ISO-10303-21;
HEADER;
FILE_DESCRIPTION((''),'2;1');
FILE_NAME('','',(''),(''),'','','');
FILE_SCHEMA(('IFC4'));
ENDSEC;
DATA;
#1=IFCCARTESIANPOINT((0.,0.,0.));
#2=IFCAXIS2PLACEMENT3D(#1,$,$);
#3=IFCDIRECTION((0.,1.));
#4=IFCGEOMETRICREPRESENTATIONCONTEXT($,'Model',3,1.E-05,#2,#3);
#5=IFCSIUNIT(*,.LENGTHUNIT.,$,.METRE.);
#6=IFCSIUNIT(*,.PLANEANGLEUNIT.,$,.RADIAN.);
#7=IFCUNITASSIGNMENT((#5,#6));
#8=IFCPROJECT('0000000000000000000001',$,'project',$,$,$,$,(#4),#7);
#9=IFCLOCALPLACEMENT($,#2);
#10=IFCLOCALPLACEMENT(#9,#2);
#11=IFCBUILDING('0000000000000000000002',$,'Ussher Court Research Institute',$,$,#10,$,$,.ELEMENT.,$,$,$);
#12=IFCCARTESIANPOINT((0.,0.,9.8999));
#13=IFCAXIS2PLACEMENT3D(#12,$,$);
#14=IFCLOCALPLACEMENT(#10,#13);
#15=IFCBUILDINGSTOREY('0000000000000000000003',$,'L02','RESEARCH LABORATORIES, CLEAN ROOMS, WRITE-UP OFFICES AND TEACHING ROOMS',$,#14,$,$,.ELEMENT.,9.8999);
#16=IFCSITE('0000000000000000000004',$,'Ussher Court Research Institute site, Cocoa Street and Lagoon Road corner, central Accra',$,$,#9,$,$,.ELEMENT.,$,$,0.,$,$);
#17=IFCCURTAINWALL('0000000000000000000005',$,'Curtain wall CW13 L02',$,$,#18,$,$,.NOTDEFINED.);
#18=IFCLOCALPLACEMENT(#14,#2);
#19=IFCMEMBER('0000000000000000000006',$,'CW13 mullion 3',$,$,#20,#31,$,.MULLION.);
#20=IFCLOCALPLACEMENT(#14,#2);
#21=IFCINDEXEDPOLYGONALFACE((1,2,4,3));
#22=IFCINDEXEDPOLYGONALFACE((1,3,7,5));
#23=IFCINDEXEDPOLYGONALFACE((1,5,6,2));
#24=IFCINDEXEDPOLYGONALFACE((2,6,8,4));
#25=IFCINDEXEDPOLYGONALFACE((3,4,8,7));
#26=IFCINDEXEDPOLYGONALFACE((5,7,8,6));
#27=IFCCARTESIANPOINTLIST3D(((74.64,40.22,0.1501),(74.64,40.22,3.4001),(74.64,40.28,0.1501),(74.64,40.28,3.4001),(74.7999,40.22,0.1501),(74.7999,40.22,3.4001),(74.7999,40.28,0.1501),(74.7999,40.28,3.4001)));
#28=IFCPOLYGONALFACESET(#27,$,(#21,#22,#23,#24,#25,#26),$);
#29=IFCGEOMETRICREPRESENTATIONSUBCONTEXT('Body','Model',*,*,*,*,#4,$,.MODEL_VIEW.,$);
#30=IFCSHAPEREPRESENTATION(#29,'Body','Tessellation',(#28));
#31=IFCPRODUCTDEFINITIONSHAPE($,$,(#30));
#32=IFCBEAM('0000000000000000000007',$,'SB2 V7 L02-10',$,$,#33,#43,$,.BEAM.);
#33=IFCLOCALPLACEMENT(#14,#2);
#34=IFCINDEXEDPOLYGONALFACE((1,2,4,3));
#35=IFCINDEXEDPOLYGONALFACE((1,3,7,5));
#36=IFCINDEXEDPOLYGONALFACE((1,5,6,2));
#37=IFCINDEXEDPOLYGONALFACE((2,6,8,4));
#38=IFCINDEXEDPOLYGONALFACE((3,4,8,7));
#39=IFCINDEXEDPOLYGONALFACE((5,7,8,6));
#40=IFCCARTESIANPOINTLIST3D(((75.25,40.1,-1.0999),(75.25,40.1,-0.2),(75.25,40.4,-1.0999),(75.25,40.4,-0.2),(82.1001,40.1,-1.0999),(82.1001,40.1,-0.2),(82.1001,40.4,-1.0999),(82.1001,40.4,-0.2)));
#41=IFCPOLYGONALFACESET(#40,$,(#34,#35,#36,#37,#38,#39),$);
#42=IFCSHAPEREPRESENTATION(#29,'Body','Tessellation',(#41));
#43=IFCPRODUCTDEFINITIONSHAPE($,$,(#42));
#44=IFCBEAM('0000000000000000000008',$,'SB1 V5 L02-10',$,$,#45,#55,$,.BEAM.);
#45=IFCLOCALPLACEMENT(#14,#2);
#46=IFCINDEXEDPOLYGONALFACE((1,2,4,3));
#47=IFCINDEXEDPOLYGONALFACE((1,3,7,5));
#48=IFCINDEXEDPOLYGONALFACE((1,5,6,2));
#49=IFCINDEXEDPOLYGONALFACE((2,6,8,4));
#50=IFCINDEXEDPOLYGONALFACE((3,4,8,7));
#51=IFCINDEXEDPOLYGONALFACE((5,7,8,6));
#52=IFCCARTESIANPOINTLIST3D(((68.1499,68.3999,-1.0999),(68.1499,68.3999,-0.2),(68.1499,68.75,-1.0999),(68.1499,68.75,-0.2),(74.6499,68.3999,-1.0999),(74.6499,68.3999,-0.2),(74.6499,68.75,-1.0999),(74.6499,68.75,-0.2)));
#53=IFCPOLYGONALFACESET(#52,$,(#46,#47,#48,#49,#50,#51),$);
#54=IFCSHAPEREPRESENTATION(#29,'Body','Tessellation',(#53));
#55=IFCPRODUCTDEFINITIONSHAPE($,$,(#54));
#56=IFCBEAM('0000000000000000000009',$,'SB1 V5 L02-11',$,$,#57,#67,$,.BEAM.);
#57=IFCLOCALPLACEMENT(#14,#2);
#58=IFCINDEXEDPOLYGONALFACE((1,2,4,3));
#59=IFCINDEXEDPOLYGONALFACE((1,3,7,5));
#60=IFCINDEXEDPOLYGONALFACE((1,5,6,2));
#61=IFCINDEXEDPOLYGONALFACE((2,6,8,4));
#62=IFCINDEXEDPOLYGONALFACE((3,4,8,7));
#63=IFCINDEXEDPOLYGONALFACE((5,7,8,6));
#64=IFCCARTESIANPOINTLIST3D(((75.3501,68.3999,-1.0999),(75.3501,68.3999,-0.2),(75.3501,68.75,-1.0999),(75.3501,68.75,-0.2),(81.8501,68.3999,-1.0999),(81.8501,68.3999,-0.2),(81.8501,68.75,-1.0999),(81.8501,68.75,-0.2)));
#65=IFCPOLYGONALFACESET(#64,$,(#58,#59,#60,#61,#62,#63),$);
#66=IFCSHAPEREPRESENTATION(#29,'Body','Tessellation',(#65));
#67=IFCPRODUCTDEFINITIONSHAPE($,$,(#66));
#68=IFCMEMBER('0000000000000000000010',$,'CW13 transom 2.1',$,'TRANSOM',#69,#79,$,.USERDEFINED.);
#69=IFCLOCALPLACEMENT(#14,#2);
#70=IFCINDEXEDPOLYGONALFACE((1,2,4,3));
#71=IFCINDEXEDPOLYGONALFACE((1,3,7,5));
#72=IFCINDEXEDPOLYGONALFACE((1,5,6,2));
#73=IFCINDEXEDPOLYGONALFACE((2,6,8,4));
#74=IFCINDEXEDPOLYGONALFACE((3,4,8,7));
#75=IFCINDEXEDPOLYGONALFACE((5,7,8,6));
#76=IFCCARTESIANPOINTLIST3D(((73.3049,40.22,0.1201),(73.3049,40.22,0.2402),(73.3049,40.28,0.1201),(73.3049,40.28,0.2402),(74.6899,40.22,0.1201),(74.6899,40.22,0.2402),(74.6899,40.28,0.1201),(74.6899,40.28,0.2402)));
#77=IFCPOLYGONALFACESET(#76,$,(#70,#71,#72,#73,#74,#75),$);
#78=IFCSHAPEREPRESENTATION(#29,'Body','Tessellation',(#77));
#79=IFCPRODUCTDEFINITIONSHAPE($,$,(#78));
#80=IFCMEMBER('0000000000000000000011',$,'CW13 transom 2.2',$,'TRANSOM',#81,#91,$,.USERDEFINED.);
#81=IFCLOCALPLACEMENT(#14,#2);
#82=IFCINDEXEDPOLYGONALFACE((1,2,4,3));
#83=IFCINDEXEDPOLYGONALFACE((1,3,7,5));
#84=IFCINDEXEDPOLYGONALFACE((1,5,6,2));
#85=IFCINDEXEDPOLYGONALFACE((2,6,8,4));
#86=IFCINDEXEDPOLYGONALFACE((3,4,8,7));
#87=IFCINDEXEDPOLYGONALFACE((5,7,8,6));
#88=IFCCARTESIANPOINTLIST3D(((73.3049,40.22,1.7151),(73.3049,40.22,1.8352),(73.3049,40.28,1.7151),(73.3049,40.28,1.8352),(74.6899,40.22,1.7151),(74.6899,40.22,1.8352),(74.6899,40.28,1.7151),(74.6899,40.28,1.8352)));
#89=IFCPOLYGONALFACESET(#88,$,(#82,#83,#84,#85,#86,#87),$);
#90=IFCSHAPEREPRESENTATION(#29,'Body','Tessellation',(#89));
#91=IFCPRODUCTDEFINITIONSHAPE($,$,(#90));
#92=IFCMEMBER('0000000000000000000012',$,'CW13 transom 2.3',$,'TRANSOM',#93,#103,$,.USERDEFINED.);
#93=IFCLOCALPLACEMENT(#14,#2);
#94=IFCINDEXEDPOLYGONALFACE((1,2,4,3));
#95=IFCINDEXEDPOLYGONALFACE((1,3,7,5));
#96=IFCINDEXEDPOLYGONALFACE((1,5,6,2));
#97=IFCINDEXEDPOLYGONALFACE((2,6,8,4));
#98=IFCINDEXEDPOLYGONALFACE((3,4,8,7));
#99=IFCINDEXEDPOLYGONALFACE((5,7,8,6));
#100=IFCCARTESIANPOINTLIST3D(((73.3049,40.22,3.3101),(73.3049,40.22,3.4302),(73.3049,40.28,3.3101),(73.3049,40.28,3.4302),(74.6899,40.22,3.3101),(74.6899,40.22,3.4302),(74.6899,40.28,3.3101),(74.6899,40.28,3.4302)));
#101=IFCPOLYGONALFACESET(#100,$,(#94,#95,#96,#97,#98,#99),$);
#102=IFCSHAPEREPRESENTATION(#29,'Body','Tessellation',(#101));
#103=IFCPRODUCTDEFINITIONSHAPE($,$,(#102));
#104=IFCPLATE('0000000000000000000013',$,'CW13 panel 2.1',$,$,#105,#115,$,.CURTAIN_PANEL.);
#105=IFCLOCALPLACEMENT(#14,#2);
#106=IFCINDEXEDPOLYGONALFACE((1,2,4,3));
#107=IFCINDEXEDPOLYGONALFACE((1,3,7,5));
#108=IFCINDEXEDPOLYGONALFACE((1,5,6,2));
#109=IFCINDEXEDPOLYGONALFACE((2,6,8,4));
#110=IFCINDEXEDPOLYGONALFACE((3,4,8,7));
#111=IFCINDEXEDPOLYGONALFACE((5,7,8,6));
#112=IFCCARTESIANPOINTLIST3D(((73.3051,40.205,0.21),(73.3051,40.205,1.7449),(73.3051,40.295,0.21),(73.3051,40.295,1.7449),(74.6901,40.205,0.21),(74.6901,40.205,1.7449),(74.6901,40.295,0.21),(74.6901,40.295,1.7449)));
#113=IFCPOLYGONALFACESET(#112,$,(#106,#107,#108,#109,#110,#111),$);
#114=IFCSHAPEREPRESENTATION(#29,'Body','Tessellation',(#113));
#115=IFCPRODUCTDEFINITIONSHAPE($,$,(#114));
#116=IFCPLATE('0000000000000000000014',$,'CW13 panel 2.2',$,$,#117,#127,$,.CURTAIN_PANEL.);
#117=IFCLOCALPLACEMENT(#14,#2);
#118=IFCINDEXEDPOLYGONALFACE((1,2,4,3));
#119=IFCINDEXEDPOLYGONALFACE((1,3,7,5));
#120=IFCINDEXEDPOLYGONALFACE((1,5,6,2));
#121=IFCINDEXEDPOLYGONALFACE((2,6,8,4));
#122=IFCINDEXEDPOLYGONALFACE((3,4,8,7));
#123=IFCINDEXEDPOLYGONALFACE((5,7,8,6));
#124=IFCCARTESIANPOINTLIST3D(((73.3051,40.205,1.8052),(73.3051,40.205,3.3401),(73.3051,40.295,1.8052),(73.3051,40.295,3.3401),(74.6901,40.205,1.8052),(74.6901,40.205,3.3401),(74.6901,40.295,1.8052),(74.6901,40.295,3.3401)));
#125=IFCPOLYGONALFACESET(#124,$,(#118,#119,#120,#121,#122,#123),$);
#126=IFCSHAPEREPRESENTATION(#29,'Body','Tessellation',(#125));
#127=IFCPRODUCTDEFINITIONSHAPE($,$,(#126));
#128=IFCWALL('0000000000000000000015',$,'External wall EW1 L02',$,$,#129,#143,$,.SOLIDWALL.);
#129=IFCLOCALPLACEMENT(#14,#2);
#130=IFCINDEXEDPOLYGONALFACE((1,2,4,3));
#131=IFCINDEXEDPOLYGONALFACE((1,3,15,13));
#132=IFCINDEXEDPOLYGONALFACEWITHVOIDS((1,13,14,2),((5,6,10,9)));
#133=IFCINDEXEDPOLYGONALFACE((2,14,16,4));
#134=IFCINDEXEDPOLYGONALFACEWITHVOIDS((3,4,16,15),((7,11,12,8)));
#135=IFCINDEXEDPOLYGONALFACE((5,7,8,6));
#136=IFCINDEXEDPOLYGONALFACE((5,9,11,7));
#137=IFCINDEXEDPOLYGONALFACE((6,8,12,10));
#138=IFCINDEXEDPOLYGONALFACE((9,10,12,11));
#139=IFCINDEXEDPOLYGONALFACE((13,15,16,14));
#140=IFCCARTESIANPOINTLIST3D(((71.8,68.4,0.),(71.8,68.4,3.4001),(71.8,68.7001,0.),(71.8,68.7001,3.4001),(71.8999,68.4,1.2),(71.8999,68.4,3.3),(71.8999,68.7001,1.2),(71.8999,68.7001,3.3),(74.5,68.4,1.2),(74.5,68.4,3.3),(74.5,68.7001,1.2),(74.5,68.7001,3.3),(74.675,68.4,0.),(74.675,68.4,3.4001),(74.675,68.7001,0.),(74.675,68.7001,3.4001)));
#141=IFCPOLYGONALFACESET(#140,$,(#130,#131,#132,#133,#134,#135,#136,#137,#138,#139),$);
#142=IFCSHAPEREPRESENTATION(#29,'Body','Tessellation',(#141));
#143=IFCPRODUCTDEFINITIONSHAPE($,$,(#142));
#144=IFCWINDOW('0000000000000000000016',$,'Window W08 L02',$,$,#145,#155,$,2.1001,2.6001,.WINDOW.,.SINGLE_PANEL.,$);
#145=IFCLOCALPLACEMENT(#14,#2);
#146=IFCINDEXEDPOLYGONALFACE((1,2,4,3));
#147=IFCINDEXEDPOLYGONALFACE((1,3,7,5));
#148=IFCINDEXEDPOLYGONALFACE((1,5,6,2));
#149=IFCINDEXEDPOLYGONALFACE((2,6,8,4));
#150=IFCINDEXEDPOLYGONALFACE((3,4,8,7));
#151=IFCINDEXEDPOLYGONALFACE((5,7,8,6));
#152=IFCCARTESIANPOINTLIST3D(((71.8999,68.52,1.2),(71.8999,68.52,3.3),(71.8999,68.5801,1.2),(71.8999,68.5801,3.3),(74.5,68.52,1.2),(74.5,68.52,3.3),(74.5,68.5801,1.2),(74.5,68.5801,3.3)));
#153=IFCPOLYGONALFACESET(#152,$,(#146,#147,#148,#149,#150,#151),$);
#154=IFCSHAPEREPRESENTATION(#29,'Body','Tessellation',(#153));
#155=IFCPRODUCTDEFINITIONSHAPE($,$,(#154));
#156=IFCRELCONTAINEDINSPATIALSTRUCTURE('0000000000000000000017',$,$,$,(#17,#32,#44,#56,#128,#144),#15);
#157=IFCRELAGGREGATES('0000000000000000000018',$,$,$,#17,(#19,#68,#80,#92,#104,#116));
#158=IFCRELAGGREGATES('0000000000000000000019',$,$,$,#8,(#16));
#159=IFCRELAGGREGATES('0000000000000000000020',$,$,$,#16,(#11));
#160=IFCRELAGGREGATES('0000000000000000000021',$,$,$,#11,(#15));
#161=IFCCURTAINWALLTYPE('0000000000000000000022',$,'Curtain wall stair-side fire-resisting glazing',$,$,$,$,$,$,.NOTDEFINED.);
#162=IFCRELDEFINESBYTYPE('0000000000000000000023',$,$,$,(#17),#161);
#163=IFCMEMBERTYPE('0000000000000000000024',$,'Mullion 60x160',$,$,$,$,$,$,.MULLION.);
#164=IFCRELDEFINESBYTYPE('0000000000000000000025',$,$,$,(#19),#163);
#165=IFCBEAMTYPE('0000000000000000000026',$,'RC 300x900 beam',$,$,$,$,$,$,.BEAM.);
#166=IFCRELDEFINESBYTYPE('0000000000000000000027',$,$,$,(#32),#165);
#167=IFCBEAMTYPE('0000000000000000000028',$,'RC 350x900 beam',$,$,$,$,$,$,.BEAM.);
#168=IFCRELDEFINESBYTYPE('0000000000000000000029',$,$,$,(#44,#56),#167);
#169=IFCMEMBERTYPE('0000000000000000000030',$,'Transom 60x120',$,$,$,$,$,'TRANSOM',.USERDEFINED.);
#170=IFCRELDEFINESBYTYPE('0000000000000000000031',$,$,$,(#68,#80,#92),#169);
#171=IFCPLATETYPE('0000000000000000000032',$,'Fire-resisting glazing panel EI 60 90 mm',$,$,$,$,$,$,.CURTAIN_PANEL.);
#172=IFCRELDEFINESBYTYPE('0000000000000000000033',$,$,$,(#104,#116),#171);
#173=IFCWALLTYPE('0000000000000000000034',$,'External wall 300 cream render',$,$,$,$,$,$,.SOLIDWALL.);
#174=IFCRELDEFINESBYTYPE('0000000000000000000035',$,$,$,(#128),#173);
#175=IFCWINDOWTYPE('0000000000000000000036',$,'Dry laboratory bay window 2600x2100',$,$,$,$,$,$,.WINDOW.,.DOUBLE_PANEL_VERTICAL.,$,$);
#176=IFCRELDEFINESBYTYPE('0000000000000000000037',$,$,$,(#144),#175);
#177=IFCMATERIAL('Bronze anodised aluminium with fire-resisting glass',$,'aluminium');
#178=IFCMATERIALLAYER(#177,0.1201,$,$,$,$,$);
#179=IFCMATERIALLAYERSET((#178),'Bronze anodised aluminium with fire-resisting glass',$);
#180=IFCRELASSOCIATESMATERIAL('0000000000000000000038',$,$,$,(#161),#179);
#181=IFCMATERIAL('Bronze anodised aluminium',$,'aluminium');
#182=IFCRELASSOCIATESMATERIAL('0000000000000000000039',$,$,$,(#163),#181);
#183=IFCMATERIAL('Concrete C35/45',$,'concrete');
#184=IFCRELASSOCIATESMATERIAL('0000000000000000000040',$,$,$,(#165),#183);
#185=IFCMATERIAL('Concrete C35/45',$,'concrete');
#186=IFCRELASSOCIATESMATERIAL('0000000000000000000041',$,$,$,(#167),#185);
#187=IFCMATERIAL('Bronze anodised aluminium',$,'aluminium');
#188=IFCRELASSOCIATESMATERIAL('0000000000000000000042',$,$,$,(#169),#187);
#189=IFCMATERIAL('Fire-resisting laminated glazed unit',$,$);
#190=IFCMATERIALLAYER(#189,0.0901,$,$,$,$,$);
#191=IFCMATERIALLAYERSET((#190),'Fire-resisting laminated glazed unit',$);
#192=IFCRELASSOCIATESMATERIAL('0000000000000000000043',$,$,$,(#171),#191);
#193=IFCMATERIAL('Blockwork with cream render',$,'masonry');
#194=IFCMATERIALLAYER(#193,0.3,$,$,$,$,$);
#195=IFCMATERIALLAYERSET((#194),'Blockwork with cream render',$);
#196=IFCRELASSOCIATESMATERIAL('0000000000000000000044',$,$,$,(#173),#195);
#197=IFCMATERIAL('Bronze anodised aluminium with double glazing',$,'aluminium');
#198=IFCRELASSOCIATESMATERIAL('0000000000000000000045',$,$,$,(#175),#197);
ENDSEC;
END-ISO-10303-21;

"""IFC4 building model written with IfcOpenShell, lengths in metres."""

from ifc_helpers import new_model, si_unit, direction, frame, frame_2d, origin, origin_2d, place, context, subcontext, project, spatial, rectangle, extrude, material, layer, layer_set, material_profile, profile_set, type_object, element, fill, aggregate, save


model = new_model("IFC4")

# Units and contexts
model_context = context("Model", 3, precision=1e-05, world=origin(), true_north=direction((0.0, 1.0)))
body_context = subcontext(model_context, "Body", "Model", "MODEL_VIEW")
ifc_project = project(units=[si_unit("LENGTHUNIT", "METRE"), si_unit("PLANEANGLEUNIT", "RADIAN")], contexts=[model_context])

# Site, building, storey
site_placement = place(None, origin())
site = spatial("IfcSite", under=ifc_project, at=site_placement, Name="Ussher Court Research Institute site, Cocoa Street and Lagoon Road corner, central Accra", CompositionType="ELEMENT", RefElevation=0.0)
building_placement = place(site_placement, origin())
building = spatial("IfcBuilding", under=site, at=building_placement, Name="Ussher Court Research Institute", CompositionType="ELEMENT")
storey_placement = place(building_placement, frame((0.0, 0.0, 9.8999)))
storey = spatial("IfcBuildingStorey", under=building, at=storey_placement, Name="L02", Description="RESEARCH LABORATORIES, CLEAN ROOMS, WRITE-UP OFFICES AND TEACHING ROOMS", CompositionType="ELEMENT", Elevation=9.8999)

# Curtain wall, member
ifc_material_1 = material(Name="Bronze anodised aluminium with fire-resisting glass", Category="aluminium")
ifc_layer_1 = layer(ifc_material_1, 0.1201)
ifc_layer_set_1 = layer_set([ifc_layer_1], Name="Bronze anodised aluminium with fire-resisting glass")
curtain_wall_type = type_object("IfcCurtainWallType", Name="Curtain wall stair-side fire-resisting glazing", PredefinedType="NOTDEFINED", material=ifc_layer_set_1)
curtain_wall_placement = place(storey_placement, origin())
curtain_wall = element("IfcCurtainWall", 1, at=curtain_wall_placement, inside=storey, type_object=curtain_wall_type, Name="Curtain wall CW13 L02", PredefinedType="NOTDEFINED")
ifc_material_2 = material(Name="Bronze anodised aluminium", Category="aluminium")
ifc_material_profile_1 = material_profile(ifc_material_2, rectangle(XDim=0.0601, YDim=0.1599, at=origin_2d()), Name="Mullion 60x160")
ifc_profile_set_1 = profile_set([ifc_material_profile_1], Name="Bronze anodised aluminium")
member_type_1 = type_object("IfcMemberType", Name="Mullion 60x160", PredefinedType="MULLION", material=ifc_profile_set_1)
member_1_placement = place(storey_placement, frame((74.72, 40.25, 0.1501), z_axis=(0.0, 0.0, 1.0), x_axis=(0.0, 1.0, 0.0)))
member_1 = element("IfcMember", 2, at=member_1_placement, type_object=member_type_1, Name="CW13 mullion 3", PredefinedType="MULLION", context=body_context, shape_type="SweptSolid", body=[
    extrude(rectangle(XDim=0.0601, YDim=0.1599, at=origin_2d()), origin(), (0.0, 0.0, 1.0), 3.25),
])

# Beams
ifc_material_3 = material(Name="Concrete C35/45", Category="concrete")
ifc_material_profile_2 = material_profile(ifc_material_3, rectangle(XDim=0.3, YDim=0.8999, at=origin_2d()), Name="RC 300x900")
ifc_profile_set_2 = profile_set([ifc_material_profile_2], Name="Concrete C35/45")
beam_type_1 = type_object("IfcBeamType", Name="RC 300x900 beam", PredefinedType="BEAM", material=ifc_profile_set_2)
beam_placement = place(storey_placement, frame((75.25, 40.25, -0.6499), z_axis=(1.0, 0.0, 0.0), x_axis=(0.0, 1.0, 0.0)))
element("IfcBeam", 3, at=beam_placement, inside=storey, type_object=beam_type_1, Name="SB2 V7 L02-10", PredefinedType="BEAM", context=body_context, shape_type="SweptSolid", body=[
    extrude(rectangle(XDim=0.3, YDim=0.8999, at=origin_2d()), origin(), (0.0, 0.0, 1.0), 6.8501),
])
ifc_material_4 = material(Name="Concrete C35/45", Category="concrete")
ifc_material_profile_3 = material_profile(ifc_material_4, rectangle(XDim=0.3501, YDim=0.8999, at=origin_2d()), Name="RC 350x900")
ifc_profile_set_3 = profile_set([ifc_material_profile_3], Name="Concrete C35/45")
beam_type_2 = type_object("IfcBeamType", Name="RC 350x900 beam", PredefinedType="BEAM", material=ifc_profile_set_3)
for number, where, z_axis, x_axis, name in (
    (4, (68.1499, 68.575, -0.6499), (1.0, 0.0, 0.0), (0.0, 1.0, 0.0), "SB1 V5 L02-10"),
    (5, (75.3501, 68.575, -0.6499), (1.0, 0.0, 0.0), (0.0, 1.0, 0.0), "SB1 V5 L02-11"),
):
    element("IfcBeam", number, at=place(storey_placement, frame(where, z_axis=z_axis, x_axis=x_axis)), inside=storey, type_object=beam_type_2, Name=name, PredefinedType="BEAM", context=body_context, shape_type="SweptSolid", body=[
        extrude(rectangle(XDim=0.3501, YDim=0.8999, at=origin_2d()), origin(), (0.0, 0.0, 1.0), 6.5),
    ])

# Members
ifc_material_5 = material(Name="Bronze anodised aluminium", Category="aluminium")
ifc_material_profile_4 = material_profile(ifc_material_5, rectangle(XDim=0.0601, YDim=0.1201, at=origin_2d()), Name="Transom 60x120")
ifc_profile_set_4 = profile_set([ifc_material_profile_4], Name="Bronze anodised aluminium")
member_type_2 = type_object("IfcMemberType", Name="Transom 60x120", ElementType="TRANSOM", PredefinedType="USERDEFINED", material=ifc_profile_set_4)
member_2_placement = place(storey_placement, frame((73.3049, 40.25, 0.1802), z_axis=(1.0, 0.0, 0.0), x_axis=(0.0, 1.0, 0.0)))
member_2 = element("IfcMember", 6, at=member_2_placement, type_object=member_type_2, Name="CW13 transom 2.1", ObjectType="TRANSOM", PredefinedType="USERDEFINED", context=body_context, shape_type="SweptSolid", body=[
    extrude(rectangle(XDim=0.0601, YDim=0.1201, at=origin_2d()), origin(), (0.0, 0.0, 1.0), 1.385),
])
member_3_placement = place(storey_placement, frame((73.3049, 40.25, 1.7751), z_axis=(1.0, 0.0, 0.0), x_axis=(0.0, 1.0, 0.0)))
member_3 = element("IfcMember", 7, at=member_3_placement, type_object=member_type_2, Name="CW13 transom 2.2", ObjectType="TRANSOM", PredefinedType="USERDEFINED", context=body_context, shape_type="SweptSolid", body=[
    extrude(rectangle(XDim=0.0601, YDim=0.1201, at=origin_2d()), origin(), (0.0, 0.0, 1.0), 1.385),
])
member_4_placement = place(storey_placement, frame((73.3049, 40.25, 3.3701), z_axis=(1.0, 0.0, 0.0), x_axis=(0.0, 1.0, 0.0)))
member_4 = element("IfcMember", 8, at=member_4_placement, type_object=member_type_2, Name="CW13 transom 2.3", ObjectType="TRANSOM", PredefinedType="USERDEFINED", context=body_context, shape_type="SweptSolid", body=[
    extrude(rectangle(XDim=0.0601, YDim=0.1201, at=origin_2d()), origin(), (0.0, 0.0, 1.0), 1.385),
])

# Plates
ifc_material_6 = material(Name="Fire-resisting laminated glazed unit")
ifc_layer_2 = layer(ifc_material_6, 0.0901)
ifc_layer_set_2 = layer_set([ifc_layer_2], Name="Fire-resisting laminated glazed unit")
plate_type = type_object("IfcPlateType", Name="Fire-resisting glazing panel EI 60 90 mm", PredefinedType="CURTAIN_PANEL", material=ifc_layer_set_2)
plate_1_placement = place(storey_placement, frame((73.9976, 40.25, 0.21), z_axis=(0.0, 0.0, 1.0), x_axis=(1.0, 0.0, 0.0)))
plate_1 = element("IfcPlate", 9, at=plate_1_placement, type_object=plate_type, Name="CW13 panel 2.1", PredefinedType="CURTAIN_PANEL", context=body_context, shape_type="SweptSolid", body=[
    extrude(rectangle(XDim=1.385, YDim=0.0901, at=origin_2d()), origin(), (0.0, 0.0, 1.0), 1.5349),
])
plate_2_placement = place(storey_placement, frame((73.9976, 40.25, 1.8052), z_axis=(0.0, 0.0, 1.0), x_axis=(1.0, 0.0, 0.0)))
plate_2 = element("IfcPlate", 10, at=plate_2_placement, type_object=plate_type, Name="CW13 panel 2.2", PredefinedType="CURTAIN_PANEL", context=body_context, shape_type="SweptSolid", body=[
    extrude(rectangle(XDim=1.385, YDim=0.0901, at=origin_2d()), origin(), (0.0, 0.0, 1.0), 1.5349),
])
aggregate(curtain_wall, [member_1, member_2, member_3, member_4, plate_1, plate_2])

# Wall, opening, window
ifc_material_7 = material(Name="Blockwork with cream render", Category="masonry")
ifc_layer_3 = layer(ifc_material_7, 0.3)
ifc_layer_set_3 = layer_set([ifc_layer_3], Name="Blockwork with cream render")
wall_type_1 = type_object("IfcWallType", Name="External wall 300 cream render", PredefinedType="SOLIDWALL", material=ifc_layer_set_3)
wall_1_placement = place(storey_placement, frame((74.675, 68.55, 0.0), z_axis=(0.0, 0.0, 1.0), x_axis=(-1.0, 0.0, 0.0)))
wall_1 = element("IfcWall", 11, at=wall_1_placement, inside=storey, type_object=wall_type_1, Name="External wall EW1 L02", PredefinedType="SOLIDWALL", context=body_context, shape_type="SweptSolid", body=[
    extrude(rectangle(XDim=2.875, YDim=0.3, at=frame_2d((1.4375, 0.0))), origin(), (0.0, 0.0, 1.0), 3.4001),
])
opening_1_placement = place(wall_1_placement, frame((0.175, 0.0, 1.2)))
opening_1 = element("IfcOpeningElement", 12, at=opening_1_placement, cuts=wall_1, PredefinedType="OPENING", context=body_context, shape_type="SweptSolid", body=[
    extrude(rectangle(XDim=2.6001, YDim=2.1001, at=frame_2d((1.3, 1.05))), frame((0.0, 0.1602, 0.0), z_axis=(0.0, -1.0, 0.0), x_axis=(1.0, 0.0, 0.0)), (0.0, 0.0, 1.0), 0.3201),
])
ifc_material_8 = material(Name="Bronze anodised aluminium with double glazing", Category="aluminium")
window_type_1 = type_object("IfcWindowType", Name="Dry laboratory bay window 2600x2100", PartitioningType="DOUBLE_PANEL_VERTICAL", PredefinedType="WINDOW", material=ifc_material_8)
window_1_placement = place(opening_1_placement, origin())
window_1 = element("IfcWindow", 13, at=window_1_placement, inside=storey, type_object=window_type_1, Name="Window W08 L02", OverallHeight=2.1001, OverallWidth=2.6001, PartitioningType="SINGLE_PANEL", PredefinedType="WINDOW", context=body_context, shape_type="SweptSolid", body=[
    extrude(rectangle(XDim=2.6001, YDim=2.1001, at=frame_2d((1.3, 1.05))), frame((0.0, 0.03, 0.0), z_axis=(0.0, -1.0, 0.0), x_axis=(1.0, 0.0, 0.0)), (0.0, 0.0, 1.0), 0.0601),
])
fill(opening_1, window_1)

save(model, "model.ifc")
